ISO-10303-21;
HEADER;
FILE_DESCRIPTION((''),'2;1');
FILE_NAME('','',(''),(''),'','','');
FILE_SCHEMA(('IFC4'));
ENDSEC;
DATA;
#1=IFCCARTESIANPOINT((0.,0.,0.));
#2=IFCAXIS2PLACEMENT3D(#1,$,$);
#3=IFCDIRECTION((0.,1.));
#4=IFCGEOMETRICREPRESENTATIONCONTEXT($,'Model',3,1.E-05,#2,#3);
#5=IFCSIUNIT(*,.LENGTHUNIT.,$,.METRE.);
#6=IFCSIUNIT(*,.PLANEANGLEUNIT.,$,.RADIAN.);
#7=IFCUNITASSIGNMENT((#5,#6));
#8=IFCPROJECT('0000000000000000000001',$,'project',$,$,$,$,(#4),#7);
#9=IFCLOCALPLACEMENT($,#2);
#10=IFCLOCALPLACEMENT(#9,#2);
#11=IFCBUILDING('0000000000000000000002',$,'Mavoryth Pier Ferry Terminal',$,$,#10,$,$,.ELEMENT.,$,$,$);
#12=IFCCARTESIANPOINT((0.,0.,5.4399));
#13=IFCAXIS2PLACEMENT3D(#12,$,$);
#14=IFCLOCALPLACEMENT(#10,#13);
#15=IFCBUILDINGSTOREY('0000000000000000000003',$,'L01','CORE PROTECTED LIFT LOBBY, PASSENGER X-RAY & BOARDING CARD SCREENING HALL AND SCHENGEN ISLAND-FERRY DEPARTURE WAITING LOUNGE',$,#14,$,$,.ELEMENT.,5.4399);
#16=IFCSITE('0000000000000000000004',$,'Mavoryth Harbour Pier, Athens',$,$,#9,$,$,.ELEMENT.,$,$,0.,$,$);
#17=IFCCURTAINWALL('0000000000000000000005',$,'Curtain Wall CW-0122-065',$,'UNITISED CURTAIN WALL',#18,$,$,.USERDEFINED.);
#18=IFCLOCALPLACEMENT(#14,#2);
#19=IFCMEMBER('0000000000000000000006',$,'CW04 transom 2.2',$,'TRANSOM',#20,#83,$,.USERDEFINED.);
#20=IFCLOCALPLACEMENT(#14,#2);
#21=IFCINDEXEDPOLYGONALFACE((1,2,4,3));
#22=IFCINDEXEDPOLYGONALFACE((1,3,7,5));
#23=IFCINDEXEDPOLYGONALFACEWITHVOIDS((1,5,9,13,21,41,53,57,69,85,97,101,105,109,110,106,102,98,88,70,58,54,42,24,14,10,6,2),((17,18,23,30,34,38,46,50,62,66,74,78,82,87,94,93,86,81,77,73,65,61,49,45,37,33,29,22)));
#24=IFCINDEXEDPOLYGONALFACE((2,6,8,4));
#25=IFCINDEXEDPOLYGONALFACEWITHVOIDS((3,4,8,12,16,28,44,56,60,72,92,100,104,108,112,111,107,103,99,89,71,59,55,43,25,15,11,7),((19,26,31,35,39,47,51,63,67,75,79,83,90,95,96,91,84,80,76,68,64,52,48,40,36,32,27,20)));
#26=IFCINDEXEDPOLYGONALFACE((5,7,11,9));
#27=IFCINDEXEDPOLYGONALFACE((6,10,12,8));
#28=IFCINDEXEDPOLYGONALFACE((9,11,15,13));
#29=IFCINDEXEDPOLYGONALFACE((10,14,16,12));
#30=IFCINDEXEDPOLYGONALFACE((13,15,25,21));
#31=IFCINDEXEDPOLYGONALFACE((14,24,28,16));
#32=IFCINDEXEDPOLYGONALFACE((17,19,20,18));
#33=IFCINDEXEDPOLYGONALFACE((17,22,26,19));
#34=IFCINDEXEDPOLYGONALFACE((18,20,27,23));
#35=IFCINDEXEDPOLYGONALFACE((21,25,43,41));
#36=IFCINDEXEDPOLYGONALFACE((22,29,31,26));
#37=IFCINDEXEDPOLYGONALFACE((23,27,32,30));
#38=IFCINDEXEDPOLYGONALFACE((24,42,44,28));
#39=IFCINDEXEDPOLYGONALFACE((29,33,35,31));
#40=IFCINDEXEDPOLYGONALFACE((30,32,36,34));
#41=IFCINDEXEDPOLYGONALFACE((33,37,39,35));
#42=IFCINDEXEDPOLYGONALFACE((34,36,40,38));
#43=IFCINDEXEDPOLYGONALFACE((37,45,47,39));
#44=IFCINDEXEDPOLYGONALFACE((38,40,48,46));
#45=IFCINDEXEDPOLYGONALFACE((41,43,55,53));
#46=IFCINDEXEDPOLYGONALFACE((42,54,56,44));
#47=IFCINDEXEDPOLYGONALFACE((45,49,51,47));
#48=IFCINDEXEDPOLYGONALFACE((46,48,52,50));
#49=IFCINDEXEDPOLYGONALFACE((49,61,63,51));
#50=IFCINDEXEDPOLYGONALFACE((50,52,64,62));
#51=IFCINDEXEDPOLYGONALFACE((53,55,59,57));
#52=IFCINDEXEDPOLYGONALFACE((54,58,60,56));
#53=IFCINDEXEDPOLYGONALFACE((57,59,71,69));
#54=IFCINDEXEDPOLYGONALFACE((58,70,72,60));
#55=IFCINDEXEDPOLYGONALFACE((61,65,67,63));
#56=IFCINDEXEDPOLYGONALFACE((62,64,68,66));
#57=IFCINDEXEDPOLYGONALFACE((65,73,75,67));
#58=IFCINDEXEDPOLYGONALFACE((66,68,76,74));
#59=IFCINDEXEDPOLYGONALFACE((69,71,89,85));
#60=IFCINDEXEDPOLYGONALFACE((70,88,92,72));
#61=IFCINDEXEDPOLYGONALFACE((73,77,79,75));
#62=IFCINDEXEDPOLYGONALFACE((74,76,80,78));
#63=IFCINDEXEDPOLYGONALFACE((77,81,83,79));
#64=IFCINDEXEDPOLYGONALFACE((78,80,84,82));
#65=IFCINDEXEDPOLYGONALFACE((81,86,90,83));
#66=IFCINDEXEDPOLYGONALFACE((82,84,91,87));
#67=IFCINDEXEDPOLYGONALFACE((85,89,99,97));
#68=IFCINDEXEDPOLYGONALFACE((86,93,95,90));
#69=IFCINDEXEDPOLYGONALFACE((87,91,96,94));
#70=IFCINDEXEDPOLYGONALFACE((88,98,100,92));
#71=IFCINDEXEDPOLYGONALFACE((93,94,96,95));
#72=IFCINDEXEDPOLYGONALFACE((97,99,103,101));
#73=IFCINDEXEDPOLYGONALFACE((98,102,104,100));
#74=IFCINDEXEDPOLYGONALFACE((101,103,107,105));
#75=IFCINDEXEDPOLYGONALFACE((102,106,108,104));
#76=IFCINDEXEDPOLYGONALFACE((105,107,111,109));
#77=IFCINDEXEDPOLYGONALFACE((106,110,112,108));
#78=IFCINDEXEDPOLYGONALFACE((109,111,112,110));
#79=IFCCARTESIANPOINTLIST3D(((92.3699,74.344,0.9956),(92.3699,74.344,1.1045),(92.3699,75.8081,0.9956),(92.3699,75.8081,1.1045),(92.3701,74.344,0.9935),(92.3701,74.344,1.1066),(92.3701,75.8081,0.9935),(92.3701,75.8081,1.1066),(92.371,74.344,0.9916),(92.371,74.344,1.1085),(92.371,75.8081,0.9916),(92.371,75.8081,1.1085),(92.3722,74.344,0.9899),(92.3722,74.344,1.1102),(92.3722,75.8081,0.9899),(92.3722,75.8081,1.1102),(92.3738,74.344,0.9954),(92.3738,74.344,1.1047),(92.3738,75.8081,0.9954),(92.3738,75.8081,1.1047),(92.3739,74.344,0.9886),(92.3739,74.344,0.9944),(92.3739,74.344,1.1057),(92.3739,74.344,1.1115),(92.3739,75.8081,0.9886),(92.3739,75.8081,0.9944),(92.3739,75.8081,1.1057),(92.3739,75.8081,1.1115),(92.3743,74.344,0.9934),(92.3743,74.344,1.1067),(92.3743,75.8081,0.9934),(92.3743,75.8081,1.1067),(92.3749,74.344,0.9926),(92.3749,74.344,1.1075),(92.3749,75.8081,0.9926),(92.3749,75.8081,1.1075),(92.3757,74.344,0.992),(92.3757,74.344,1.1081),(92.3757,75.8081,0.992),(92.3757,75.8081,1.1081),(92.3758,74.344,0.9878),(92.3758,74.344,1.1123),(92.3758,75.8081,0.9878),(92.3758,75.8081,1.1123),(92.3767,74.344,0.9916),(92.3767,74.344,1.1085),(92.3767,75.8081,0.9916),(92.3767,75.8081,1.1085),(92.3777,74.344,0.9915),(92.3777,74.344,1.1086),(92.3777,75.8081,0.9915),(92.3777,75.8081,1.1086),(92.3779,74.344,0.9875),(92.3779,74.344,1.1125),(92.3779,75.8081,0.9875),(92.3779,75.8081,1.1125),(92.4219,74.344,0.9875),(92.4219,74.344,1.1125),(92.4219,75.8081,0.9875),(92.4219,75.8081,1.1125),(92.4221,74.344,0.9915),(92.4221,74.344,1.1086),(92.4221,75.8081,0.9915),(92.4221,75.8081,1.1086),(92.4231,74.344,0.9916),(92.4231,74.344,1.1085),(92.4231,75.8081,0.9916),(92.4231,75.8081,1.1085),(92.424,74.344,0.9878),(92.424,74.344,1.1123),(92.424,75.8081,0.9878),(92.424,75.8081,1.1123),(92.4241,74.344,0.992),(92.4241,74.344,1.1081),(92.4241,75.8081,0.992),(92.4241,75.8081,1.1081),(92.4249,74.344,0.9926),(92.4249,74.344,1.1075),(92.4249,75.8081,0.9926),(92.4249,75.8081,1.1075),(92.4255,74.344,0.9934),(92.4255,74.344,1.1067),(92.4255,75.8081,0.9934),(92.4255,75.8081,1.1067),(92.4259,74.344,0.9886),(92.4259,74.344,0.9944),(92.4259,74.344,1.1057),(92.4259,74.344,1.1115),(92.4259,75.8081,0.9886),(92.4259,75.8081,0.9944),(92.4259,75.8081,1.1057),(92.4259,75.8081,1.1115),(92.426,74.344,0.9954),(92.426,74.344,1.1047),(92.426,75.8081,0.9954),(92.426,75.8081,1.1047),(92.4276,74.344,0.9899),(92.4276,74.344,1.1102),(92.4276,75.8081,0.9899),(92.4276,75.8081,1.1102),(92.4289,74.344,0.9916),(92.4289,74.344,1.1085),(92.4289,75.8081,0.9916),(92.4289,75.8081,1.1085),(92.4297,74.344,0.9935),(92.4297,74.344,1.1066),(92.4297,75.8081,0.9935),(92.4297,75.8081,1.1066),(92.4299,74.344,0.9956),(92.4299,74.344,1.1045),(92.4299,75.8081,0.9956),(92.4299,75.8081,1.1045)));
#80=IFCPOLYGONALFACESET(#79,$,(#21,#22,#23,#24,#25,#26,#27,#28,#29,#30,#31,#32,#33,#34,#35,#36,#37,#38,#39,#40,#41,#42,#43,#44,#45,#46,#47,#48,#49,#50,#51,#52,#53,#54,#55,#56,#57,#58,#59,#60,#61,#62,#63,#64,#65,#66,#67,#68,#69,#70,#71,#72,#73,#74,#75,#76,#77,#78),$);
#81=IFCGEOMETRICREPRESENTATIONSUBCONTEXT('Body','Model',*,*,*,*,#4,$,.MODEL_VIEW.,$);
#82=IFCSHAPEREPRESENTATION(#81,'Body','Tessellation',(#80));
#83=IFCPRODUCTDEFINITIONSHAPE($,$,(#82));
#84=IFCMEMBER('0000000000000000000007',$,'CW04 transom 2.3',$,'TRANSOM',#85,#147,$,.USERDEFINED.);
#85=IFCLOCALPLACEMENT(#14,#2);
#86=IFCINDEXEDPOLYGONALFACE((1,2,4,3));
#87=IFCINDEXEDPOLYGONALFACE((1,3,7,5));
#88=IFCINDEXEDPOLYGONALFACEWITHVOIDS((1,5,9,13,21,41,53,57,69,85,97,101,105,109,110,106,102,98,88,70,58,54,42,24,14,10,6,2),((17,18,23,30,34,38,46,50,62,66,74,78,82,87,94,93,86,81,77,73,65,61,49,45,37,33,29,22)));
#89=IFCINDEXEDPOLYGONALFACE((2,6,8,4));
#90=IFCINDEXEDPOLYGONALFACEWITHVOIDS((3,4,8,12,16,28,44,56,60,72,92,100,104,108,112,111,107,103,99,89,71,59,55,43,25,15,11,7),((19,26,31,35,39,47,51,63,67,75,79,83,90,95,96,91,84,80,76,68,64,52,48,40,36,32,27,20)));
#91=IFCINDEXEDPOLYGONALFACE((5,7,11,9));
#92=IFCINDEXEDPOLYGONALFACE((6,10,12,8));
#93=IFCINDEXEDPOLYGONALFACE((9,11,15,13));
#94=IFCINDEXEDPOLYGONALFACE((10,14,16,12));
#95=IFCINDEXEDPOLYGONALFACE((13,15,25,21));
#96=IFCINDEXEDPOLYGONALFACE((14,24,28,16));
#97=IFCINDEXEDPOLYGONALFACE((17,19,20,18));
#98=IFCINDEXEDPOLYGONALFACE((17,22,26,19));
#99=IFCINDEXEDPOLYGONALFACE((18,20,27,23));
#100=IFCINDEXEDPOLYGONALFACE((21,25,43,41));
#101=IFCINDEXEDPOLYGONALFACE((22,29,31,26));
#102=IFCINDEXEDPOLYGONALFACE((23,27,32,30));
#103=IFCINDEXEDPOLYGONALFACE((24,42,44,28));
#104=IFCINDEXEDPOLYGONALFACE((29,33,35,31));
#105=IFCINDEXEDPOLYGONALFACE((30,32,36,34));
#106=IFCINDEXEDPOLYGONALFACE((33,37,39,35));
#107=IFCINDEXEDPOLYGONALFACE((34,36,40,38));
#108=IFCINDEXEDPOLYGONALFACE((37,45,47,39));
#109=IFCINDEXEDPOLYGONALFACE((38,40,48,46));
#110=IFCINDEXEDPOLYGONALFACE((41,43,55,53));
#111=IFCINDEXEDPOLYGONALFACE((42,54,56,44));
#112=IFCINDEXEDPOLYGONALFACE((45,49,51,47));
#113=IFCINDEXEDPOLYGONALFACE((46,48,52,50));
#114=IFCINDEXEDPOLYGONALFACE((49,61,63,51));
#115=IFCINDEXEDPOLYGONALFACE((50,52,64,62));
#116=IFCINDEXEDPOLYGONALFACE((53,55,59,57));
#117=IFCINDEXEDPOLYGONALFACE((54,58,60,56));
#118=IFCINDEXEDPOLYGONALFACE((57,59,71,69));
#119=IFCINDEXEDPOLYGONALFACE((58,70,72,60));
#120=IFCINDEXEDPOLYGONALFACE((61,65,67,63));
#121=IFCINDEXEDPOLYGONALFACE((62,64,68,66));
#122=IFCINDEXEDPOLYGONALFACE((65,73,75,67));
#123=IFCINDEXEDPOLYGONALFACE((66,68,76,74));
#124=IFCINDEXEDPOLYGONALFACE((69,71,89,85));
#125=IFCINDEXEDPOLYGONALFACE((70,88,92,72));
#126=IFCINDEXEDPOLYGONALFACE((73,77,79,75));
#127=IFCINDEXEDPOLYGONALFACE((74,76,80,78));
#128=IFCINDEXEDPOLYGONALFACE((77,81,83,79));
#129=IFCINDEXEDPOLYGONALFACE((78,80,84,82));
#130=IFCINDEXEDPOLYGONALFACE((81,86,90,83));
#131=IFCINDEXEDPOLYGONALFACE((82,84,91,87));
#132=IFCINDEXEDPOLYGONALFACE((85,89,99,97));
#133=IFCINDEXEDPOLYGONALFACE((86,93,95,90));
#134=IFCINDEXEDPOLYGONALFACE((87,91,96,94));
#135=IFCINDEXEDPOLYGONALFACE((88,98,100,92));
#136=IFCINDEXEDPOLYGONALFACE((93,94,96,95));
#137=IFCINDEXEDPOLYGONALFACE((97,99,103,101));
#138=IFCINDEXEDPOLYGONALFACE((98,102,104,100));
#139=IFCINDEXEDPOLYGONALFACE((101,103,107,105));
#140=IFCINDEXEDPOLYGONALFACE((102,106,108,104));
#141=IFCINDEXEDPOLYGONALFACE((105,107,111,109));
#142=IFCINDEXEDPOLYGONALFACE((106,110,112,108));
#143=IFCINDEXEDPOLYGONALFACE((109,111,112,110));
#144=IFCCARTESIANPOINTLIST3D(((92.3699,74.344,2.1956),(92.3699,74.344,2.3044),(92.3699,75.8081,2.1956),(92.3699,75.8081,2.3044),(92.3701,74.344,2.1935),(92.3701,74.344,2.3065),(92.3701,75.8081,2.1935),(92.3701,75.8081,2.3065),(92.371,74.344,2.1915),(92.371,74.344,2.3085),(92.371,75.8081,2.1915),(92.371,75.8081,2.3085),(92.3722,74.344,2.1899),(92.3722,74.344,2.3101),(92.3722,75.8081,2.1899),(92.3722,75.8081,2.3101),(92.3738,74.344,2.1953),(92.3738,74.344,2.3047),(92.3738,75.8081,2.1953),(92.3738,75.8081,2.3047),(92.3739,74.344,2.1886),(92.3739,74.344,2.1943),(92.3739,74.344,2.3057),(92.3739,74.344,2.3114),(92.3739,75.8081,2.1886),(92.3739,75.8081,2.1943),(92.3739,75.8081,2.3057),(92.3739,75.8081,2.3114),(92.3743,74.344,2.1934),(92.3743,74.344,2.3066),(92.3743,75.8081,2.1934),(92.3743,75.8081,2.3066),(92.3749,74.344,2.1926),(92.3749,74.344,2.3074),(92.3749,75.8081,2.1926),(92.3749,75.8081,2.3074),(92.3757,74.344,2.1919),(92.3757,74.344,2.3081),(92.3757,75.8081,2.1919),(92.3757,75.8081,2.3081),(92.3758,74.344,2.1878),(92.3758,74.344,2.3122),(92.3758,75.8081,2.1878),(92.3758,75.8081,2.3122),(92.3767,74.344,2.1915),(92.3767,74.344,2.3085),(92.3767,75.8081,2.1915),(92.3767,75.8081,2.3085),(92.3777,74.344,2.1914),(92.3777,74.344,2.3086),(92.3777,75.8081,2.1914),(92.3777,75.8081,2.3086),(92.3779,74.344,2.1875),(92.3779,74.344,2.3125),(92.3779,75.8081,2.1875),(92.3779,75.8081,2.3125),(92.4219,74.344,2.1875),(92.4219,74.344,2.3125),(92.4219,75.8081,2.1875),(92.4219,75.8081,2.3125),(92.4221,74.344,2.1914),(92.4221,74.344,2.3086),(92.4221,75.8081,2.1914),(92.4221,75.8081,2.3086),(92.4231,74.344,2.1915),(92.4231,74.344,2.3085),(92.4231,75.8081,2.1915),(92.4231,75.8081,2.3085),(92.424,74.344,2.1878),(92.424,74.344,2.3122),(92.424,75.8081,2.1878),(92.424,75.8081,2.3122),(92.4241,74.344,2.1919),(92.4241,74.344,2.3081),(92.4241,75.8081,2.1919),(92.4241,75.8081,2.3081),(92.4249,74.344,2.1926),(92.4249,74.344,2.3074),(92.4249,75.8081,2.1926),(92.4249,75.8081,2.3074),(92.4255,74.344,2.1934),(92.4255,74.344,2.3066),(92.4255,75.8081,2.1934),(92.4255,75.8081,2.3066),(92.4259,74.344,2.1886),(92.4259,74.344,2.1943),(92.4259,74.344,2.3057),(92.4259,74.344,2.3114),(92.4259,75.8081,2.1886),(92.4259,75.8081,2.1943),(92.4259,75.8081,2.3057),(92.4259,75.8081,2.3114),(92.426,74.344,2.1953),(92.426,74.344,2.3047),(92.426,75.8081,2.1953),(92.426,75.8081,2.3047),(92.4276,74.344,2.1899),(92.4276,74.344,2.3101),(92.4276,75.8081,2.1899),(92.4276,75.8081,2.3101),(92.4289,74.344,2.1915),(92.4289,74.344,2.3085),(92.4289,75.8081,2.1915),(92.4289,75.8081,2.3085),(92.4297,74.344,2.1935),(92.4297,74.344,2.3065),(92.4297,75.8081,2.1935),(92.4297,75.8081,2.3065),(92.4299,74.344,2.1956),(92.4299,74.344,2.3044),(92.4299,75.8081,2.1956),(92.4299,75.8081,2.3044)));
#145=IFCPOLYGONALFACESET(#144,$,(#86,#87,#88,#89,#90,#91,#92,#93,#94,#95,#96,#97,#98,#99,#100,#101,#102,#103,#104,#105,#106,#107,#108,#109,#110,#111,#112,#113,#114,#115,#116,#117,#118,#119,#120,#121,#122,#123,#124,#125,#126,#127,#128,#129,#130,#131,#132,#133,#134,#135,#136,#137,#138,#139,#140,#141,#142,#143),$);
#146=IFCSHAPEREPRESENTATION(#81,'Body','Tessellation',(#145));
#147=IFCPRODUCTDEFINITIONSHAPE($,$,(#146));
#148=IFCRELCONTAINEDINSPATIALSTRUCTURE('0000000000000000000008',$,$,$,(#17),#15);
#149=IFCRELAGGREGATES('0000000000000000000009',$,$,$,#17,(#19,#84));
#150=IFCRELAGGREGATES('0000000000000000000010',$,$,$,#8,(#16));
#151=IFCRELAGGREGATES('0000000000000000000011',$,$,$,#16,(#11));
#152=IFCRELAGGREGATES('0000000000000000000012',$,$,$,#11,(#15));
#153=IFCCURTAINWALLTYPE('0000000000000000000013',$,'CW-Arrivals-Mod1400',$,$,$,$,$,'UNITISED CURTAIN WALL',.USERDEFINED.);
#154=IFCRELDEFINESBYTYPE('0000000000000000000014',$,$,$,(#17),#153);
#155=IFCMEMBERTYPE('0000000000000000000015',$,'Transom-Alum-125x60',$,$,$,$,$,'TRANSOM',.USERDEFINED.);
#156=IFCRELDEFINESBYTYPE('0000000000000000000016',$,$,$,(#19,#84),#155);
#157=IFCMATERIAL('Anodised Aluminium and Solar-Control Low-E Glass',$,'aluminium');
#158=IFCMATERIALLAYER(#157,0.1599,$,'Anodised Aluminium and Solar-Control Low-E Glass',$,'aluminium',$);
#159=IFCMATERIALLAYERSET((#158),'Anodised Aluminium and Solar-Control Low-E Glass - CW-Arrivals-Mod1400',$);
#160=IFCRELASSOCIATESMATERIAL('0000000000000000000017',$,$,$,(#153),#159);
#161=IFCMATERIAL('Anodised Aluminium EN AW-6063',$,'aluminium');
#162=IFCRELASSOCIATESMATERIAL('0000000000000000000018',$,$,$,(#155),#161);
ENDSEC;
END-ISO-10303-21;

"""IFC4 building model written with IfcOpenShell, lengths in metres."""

from ifc_helpers import new_model, si_unit, direction, frame, origin, origin_2d, place, context, subcontext, project, spatial, hollow_rectangle, extrude, material, layer, layer_set, material_profile, profile_set, type_object, element, aggregate, save


model = new_model("IFC4")

# Units and contexts
model_context = context("Model", 3, precision=1e-05, world=origin(), true_north=direction((0.0, 1.0)))
body_context = subcontext(model_context, "Body", "Model", "MODEL_VIEW")
ifc_project = project(units=[si_unit("LENGTHUNIT", "METRE"), si_unit("PLANEANGLEUNIT", "RADIAN")], contexts=[model_context])

# Site, building, storey
site_placement = place(None, origin())
site = spatial("IfcSite", under=ifc_project, at=site_placement, Name="Mavoryth Harbour Pier, Athens", CompositionType="ELEMENT", RefElevation=0.0)
building_placement = place(site_placement, origin())
building = spatial("IfcBuilding", under=site, at=building_placement, Name="Mavoryth Pier Ferry Terminal", CompositionType="ELEMENT")
storey_placement = place(building_placement, frame((0.0, 0.0, 5.4399)))
storey = spatial("IfcBuildingStorey", under=building, at=storey_placement, Name="L01", Description="CORE PROTECTED LIFT LOBBY, PASSENGER X-RAY & BOARDING CARD SCREENING HALL AND SCHENGEN ISLAND-FERRY DEPARTURE WAITING LOUNGE", CompositionType="ELEMENT", Elevation=5.4399)

# Curtain wall
ifc_material_1 = material(Name="Anodised Aluminium and Solar-Control Low-E Glass", Category="aluminium")
ifc_layer_1 = layer(ifc_material_1, 0.1599, Name="Anodised Aluminium and Solar-Control Low-E Glass", Category="aluminium")
ifc_layer_set_1 = layer_set([ifc_layer_1], Name="Anodised Aluminium and Solar-Control Low-E Glass - CW-Arrivals-Mod1400")
curtain_wall_type = type_object("IfcCurtainWallType", Name="CW-Arrivals-Mod1400", ElementType="UNITISED CURTAIN WALL", PredefinedType="USERDEFINED", material=ifc_layer_set_1)
ifc_material_2 = material(Name="Anodised Aluminium EN AW-6063", Category="aluminium")
curtain_wall_1_placement = place(storey_placement, origin())
curtain_wall_1 = element("IfcCurtainWall", 1, at=curtain_wall_1_placement, inside=storey, type_object=curtain_wall_type, Name="Curtain Wall CW-0122-065", ObjectType="UNITISED CURTAIN WALL", PredefinedType="USERDEFINED")

# Members
ifc_material_profile_1 = material_profile(ifc_material_2, hollow_rectangle(XDim=0.0601, YDim=0.125, WallThickness=0.0039, InnerFilletRadius=0.0039, OuterFilletRadius=0.0081, at=origin_2d()), Name="AL-TRAN 125x60x4", Category="aluminium")
ifc_profile_set_1 = profile_set([ifc_material_profile_1], Name="Anodised Aluminium EN AW-6063 - AL-TRAN 125x60x4")
member_type_1 = type_object("IfcMemberType", Name="Transom-Alum-125x60", ElementType="TRANSOM", PredefinedType="USERDEFINED", material=ifc_profile_set_1)
member_1_placement = place(storey_placement, frame((92.3999, 74.344, 1.05), z_axis=(0.0, 1.0, 0.0), x_axis=(-1.0, 0.0, 0.0)))
member_1 = element("IfcMember", 2, at=member_1_placement, type_object=member_type_1, Name="CW04 transom 2.2", ObjectType="TRANSOM", PredefinedType="USERDEFINED", context=body_context, shape_type="SweptSolid", body=[
    extrude(hollow_rectangle(XDim=0.0601, YDim=0.125, WallThickness=0.0039, InnerFilletRadius=0.0039, OuterFilletRadius=0.0081, at=origin_2d()), origin(), (0.0, 0.0, 1.0), 1.4641),
])
member_2_placement = place(storey_placement, frame((92.3999, 74.344, 2.25), z_axis=(0.0, 1.0, 0.0), x_axis=(-1.0, 0.0, 0.0)))
member_2 = element("IfcMember", 3, at=member_2_placement, type_object=member_type_1, Name="CW04 transom 2.3", ObjectType="TRANSOM", PredefinedType="USERDEFINED", context=body_context, shape_type="SweptSolid", body=[
    extrude(hollow_rectangle(XDim=0.0601, YDim=0.125, WallThickness=0.0039, InnerFilletRadius=0.0039, OuterFilletRadius=0.0081, at=origin_2d()), origin(), (0.0, 0.0, 1.0), 1.4641),
])

aggregate(curtain_wall_1, [member_1, member_2])

save(model, "model.ifc")
